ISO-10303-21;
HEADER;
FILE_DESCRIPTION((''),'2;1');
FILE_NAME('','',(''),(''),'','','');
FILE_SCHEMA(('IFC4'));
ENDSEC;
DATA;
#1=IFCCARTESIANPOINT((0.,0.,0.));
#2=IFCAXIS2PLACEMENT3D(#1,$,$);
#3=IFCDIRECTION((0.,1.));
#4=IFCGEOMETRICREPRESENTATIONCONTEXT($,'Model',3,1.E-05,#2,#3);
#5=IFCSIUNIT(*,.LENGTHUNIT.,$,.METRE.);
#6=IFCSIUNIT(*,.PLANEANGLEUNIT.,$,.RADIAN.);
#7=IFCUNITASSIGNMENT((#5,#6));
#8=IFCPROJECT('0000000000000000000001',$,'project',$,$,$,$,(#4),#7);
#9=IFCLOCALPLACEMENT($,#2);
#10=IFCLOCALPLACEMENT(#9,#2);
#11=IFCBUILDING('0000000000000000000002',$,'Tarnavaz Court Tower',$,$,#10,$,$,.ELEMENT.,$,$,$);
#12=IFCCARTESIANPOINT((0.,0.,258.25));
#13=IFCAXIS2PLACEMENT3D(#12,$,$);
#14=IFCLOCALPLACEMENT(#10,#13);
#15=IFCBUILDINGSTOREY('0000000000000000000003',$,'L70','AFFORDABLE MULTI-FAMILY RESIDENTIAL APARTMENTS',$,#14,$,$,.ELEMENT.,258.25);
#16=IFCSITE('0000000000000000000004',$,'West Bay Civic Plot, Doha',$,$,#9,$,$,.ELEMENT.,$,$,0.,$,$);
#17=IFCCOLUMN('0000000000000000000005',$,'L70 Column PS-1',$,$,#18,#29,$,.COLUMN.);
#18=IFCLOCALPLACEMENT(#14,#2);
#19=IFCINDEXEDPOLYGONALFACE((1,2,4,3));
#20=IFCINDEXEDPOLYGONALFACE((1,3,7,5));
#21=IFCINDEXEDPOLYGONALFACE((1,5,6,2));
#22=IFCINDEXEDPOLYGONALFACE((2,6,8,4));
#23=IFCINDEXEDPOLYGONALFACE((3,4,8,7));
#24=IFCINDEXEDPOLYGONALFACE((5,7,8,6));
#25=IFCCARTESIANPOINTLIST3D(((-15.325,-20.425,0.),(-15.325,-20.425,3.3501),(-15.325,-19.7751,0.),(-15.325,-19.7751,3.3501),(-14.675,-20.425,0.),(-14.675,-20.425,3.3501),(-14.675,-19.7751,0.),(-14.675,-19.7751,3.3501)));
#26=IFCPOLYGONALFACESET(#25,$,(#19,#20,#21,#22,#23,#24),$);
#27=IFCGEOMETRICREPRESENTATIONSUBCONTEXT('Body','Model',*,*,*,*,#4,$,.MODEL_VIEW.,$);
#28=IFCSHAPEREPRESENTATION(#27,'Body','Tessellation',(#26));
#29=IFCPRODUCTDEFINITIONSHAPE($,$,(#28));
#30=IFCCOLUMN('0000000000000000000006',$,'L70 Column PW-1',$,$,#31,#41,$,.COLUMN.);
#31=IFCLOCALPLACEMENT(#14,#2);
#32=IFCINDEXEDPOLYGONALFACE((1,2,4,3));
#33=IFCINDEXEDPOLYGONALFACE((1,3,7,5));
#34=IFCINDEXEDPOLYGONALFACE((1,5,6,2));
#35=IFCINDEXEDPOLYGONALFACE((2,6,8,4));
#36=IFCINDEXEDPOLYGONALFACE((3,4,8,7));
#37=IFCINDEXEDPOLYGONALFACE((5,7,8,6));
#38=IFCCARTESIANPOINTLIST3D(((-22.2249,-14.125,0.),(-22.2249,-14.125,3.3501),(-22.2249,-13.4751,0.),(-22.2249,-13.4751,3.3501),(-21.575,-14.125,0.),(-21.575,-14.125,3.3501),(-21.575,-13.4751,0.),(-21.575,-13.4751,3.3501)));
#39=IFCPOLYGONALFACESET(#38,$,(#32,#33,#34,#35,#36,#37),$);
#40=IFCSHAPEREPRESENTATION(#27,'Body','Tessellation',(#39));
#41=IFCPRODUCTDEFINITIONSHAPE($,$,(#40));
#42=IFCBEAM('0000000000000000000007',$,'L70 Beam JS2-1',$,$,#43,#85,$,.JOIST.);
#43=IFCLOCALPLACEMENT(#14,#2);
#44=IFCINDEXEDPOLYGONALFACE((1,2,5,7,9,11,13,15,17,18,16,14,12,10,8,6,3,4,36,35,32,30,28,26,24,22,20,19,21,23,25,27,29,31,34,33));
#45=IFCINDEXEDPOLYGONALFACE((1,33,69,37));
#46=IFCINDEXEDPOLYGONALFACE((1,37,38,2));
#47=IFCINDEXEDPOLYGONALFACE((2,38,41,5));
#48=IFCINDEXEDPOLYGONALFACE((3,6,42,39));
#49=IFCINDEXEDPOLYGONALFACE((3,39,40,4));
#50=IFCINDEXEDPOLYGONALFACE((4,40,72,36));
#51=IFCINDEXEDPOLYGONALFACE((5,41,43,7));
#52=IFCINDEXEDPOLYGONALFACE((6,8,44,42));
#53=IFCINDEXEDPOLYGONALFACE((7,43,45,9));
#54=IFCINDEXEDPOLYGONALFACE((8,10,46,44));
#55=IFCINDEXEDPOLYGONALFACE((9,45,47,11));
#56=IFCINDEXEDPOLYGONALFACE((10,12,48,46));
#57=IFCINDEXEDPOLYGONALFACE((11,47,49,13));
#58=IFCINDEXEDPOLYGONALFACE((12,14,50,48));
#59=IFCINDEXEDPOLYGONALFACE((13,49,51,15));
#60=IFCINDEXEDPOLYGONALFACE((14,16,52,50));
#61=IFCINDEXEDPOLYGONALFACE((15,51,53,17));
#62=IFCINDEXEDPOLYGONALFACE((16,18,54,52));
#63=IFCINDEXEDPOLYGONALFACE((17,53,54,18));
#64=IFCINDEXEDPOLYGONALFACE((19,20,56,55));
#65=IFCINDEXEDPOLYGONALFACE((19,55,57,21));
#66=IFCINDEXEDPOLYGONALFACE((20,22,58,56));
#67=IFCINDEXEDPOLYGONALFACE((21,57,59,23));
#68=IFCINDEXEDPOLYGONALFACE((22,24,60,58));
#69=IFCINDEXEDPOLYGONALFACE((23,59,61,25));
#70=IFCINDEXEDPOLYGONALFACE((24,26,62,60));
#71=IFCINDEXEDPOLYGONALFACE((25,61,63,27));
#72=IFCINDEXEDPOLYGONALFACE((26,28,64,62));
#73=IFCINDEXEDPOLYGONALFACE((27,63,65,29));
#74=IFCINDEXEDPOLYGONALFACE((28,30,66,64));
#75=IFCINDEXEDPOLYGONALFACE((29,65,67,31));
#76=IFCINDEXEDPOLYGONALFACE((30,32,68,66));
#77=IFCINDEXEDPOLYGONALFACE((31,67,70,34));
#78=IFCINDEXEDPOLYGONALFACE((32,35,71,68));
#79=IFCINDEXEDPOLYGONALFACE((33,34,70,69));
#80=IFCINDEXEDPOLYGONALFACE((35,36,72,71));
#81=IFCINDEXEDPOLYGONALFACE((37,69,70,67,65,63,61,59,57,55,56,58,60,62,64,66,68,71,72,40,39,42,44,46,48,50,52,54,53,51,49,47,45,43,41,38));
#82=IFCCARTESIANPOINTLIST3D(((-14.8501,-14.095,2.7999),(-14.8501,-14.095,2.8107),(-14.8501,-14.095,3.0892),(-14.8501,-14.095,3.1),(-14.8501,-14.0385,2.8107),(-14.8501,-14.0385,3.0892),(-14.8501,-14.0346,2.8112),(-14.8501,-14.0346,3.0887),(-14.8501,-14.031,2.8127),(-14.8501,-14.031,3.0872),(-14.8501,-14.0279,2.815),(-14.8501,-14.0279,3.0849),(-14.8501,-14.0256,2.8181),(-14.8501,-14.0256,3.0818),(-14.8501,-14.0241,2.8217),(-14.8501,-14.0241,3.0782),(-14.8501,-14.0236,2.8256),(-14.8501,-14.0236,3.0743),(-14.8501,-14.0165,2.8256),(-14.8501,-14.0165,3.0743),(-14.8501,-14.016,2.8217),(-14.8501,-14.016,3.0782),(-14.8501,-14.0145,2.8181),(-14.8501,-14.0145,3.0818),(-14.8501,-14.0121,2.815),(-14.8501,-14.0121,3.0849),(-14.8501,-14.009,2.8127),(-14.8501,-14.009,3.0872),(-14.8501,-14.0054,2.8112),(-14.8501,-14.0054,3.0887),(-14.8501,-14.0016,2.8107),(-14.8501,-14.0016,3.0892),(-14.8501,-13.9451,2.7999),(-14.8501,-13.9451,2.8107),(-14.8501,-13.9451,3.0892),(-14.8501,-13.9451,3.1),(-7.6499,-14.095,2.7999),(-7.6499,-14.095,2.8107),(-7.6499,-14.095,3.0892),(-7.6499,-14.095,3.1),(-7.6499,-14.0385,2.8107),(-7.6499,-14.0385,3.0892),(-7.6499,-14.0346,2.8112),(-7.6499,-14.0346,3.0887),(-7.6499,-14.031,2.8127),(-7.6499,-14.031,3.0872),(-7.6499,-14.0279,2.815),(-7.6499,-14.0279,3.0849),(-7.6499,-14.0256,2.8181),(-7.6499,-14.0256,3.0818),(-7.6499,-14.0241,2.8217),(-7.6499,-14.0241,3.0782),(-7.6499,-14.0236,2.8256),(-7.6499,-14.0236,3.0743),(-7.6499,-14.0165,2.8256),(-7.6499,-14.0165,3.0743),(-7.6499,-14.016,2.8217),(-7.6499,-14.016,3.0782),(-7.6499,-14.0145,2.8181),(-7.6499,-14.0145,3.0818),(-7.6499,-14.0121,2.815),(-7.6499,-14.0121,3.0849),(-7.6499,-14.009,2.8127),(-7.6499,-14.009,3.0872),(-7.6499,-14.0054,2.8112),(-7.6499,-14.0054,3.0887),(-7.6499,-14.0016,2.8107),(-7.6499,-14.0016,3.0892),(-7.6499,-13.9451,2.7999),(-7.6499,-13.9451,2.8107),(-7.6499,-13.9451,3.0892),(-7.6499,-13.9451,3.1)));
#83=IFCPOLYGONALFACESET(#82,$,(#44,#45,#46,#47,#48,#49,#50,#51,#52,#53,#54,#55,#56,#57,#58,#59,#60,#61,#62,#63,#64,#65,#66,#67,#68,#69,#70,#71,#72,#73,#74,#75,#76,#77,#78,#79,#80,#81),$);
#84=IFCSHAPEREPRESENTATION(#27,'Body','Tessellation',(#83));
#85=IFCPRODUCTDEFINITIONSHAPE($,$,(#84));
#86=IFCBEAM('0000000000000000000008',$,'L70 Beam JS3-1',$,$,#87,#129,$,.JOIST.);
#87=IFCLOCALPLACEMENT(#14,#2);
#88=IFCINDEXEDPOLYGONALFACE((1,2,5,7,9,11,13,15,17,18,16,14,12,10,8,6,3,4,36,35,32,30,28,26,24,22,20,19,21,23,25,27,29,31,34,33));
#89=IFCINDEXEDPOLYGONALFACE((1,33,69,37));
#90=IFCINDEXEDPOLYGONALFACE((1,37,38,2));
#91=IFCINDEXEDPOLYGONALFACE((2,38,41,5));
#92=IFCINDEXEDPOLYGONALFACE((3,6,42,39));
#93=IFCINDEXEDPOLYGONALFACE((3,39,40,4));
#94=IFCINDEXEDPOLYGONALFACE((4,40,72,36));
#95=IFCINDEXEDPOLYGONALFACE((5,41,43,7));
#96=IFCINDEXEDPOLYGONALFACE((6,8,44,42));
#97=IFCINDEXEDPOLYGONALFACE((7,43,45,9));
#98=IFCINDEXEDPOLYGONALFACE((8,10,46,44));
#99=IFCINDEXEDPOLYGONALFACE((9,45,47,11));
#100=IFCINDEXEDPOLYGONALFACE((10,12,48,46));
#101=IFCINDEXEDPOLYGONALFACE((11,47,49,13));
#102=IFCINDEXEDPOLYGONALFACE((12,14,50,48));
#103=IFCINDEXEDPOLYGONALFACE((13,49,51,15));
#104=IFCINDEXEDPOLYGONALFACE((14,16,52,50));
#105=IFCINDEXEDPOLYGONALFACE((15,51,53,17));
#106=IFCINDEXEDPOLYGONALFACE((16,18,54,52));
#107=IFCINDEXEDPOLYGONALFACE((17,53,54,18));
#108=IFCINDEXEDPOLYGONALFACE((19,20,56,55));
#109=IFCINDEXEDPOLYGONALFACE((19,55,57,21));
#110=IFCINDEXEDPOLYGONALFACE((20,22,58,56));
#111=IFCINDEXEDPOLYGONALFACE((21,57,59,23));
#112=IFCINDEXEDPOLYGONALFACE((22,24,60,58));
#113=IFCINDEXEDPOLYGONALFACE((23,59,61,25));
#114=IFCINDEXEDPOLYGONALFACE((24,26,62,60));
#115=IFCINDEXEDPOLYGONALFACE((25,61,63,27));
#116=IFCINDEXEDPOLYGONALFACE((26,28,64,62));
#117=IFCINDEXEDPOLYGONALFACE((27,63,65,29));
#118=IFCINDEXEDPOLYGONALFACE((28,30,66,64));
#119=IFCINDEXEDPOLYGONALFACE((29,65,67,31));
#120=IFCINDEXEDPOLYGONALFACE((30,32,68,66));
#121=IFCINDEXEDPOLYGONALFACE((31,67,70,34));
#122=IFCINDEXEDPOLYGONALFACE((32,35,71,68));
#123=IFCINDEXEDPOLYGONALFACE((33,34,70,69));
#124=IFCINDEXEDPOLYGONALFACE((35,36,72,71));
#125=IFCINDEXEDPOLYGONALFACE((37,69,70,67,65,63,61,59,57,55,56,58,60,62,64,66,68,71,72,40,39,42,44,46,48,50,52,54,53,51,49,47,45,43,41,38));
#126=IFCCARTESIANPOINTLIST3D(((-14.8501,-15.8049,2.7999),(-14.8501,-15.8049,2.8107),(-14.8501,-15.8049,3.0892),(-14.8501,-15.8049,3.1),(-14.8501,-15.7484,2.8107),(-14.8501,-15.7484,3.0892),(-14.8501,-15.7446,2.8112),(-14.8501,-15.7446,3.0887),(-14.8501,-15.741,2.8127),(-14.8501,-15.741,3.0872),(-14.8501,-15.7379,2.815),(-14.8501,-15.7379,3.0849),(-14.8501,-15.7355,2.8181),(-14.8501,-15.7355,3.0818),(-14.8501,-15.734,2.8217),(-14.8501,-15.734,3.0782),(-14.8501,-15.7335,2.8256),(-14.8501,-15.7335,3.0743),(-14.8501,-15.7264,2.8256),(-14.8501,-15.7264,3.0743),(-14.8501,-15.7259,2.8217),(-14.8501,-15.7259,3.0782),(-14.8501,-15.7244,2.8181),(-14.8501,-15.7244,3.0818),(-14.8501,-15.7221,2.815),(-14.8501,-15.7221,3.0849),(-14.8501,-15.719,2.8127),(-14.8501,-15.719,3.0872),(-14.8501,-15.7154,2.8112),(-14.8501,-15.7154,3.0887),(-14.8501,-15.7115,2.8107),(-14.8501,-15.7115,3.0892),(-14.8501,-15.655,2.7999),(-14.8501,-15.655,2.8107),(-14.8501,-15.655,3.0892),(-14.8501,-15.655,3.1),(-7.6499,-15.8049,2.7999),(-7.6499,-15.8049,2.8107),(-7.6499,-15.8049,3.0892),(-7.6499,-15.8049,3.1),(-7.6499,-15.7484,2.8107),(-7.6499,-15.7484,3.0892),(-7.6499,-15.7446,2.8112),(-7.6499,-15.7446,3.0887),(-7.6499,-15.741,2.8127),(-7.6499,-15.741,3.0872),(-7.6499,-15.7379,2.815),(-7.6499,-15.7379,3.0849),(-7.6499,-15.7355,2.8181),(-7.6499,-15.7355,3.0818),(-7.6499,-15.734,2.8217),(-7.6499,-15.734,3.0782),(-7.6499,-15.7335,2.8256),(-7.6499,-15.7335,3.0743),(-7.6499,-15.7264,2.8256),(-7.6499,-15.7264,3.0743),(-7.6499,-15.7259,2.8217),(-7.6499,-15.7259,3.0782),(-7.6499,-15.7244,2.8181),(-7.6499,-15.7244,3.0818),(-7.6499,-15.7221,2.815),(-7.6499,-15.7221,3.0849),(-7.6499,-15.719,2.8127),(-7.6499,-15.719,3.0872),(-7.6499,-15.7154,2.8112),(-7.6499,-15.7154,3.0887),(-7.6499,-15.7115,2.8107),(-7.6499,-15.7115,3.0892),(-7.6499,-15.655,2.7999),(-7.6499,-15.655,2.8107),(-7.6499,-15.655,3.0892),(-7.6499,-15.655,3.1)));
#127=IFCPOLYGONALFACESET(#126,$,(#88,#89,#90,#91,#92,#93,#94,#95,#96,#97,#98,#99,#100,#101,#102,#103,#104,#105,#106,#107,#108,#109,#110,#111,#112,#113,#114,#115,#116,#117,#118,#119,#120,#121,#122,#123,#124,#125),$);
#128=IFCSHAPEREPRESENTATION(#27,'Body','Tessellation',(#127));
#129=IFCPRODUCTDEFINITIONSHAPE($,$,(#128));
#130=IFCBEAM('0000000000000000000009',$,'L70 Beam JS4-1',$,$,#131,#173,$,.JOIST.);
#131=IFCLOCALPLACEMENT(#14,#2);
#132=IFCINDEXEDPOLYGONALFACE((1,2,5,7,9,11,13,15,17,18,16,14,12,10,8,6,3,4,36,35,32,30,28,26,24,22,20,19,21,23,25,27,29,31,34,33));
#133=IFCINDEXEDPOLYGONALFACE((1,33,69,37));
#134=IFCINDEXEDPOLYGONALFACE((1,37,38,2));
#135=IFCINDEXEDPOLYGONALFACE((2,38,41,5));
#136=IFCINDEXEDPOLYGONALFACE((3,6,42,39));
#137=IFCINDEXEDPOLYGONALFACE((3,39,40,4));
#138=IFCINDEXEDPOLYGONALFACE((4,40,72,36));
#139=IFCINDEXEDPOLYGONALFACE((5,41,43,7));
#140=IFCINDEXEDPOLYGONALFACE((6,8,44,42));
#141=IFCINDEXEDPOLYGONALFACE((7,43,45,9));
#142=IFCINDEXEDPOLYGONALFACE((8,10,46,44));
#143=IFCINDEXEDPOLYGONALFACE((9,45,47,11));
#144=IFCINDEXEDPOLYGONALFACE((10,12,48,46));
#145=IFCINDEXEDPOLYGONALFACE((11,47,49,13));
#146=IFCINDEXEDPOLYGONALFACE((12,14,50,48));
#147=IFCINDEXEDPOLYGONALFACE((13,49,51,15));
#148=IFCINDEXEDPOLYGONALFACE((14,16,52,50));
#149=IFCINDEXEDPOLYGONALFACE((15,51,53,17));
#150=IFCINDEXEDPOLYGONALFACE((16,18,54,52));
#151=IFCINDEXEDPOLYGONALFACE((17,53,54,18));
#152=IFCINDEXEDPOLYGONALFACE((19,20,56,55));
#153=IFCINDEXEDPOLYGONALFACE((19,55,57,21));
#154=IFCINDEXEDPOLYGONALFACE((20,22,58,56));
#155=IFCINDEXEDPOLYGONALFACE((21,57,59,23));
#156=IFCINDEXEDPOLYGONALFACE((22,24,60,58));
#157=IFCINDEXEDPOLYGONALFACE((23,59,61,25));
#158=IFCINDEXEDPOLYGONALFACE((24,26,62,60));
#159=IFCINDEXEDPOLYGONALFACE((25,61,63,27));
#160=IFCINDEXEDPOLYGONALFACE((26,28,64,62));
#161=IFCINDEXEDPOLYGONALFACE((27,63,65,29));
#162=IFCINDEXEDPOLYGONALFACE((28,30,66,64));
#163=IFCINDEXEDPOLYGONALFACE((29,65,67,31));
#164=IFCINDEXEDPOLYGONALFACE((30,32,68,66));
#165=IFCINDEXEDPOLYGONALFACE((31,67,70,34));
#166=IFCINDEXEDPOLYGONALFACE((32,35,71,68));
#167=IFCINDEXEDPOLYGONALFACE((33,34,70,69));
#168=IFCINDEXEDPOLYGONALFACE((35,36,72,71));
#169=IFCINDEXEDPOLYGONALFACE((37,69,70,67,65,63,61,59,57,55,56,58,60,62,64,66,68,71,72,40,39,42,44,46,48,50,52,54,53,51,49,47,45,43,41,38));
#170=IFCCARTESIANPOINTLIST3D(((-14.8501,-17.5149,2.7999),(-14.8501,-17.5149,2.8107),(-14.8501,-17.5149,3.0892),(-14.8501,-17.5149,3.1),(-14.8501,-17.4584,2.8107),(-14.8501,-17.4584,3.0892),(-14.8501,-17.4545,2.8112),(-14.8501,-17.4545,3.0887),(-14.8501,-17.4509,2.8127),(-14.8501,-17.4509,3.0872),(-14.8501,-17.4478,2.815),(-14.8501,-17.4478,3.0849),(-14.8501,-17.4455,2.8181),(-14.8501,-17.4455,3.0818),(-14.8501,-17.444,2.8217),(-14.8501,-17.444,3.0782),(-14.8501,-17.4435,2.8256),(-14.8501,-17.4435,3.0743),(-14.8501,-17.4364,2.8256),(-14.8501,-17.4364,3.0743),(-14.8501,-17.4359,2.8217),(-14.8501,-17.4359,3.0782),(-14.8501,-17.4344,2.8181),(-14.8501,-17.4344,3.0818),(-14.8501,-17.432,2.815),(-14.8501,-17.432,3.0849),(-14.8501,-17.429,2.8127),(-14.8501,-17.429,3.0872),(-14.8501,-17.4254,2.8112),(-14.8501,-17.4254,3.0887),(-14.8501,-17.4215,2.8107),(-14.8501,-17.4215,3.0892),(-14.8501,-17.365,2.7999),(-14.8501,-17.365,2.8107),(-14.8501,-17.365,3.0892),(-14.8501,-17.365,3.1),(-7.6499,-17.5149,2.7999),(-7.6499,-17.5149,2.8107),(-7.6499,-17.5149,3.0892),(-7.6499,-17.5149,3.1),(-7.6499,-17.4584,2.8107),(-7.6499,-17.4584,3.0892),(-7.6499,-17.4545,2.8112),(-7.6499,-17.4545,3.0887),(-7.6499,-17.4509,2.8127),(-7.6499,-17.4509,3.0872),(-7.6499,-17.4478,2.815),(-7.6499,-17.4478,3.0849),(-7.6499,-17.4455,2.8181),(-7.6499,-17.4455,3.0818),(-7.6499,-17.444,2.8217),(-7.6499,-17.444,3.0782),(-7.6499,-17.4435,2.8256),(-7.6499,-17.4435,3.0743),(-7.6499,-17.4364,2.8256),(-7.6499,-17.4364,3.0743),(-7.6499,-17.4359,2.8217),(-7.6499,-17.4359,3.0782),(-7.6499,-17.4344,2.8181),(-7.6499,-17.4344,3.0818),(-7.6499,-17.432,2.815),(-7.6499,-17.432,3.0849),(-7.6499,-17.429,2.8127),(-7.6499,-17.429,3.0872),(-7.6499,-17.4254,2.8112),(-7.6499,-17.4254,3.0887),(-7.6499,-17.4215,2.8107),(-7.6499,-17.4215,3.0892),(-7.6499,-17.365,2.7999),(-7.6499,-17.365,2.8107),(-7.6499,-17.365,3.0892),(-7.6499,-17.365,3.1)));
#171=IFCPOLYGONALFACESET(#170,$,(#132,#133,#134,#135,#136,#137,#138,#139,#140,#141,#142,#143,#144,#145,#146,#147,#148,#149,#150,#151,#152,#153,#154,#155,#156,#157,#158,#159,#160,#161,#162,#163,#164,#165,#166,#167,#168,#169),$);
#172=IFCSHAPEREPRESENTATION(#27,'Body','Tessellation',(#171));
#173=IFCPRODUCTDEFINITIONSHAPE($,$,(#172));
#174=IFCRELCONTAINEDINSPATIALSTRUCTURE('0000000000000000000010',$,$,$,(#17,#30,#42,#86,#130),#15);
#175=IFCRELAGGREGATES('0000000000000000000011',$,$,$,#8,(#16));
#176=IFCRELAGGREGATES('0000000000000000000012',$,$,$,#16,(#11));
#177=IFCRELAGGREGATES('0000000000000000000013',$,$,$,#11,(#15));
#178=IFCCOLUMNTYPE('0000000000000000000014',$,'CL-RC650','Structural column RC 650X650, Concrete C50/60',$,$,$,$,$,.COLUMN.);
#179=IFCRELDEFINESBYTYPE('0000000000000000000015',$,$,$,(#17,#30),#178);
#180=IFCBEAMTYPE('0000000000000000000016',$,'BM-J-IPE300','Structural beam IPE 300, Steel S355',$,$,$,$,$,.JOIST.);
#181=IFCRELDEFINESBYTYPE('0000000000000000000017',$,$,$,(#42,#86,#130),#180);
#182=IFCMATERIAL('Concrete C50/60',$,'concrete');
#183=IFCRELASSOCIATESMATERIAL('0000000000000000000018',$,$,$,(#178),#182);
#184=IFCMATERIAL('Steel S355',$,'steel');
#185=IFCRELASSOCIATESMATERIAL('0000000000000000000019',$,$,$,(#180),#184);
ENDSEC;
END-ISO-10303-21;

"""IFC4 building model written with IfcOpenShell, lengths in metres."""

from ifc_helpers import new_model, si_unit, direction, frame, origin, origin_2d, place, context, subcontext, project, spatial, rectangle, i_section, extrude, material, material_profile, profile_set, type_object, element, save


model = new_model("IFC4")

# Units and contexts
model_context = context("Model", 3, precision=1e-05, world=origin(), true_north=direction((0.0, 1.0)))
body_context = subcontext(model_context, "Body", "Model", "MODEL_VIEW")
ifc_project = project(units=[si_unit("LENGTHUNIT", "METRE"), si_unit("PLANEANGLEUNIT", "RADIAN")], contexts=[model_context])

# Site, building, storey
site_placement = place(None, origin())
site = spatial("IfcSite", under=ifc_project, at=site_placement, Name="West Bay Civic Plot, Doha", CompositionType="ELEMENT", RefElevation=0.0)
building_placement = place(site_placement, origin())
building = spatial("IfcBuilding", under=site, at=building_placement, Name="Tarnavaz Court Tower", CompositionType="ELEMENT")
storey_placement = place(building_placement, frame((0.0, 0.0, 258.25)))
storey = spatial("IfcBuildingStorey", under=building, at=storey_placement, Name="L70", Description="AFFORDABLE MULTI-FAMILY RESIDENTIAL APARTMENTS", CompositionType="ELEMENT", Elevation=258.25)

# Columns
ifc_material_1 = material(Name="Concrete C50/60", Category="concrete")
ifc_material_profile_1 = material_profile(ifc_material_1, rectangle(XDim=0.6499, YDim=0.6499, at=origin_2d()), Name="RC 650X650")
ifc_profile_set_1 = profile_set([ifc_material_profile_1], Name="Concrete C50/60")
column_type = type_object("IfcColumnType", Name="CL-RC650", Description="Structural column RC 650X650, Concrete C50/60", PredefinedType="COLUMN", material=ifc_profile_set_1)
for number, where, z_axis, x_axis, name in (
    (1, (-15.0, -20.1001, 0.0), (0.0, 0.0, 1.0), (1.0, 0.0, 0.0), "L70 Column PS-1"),
    (2, (-21.8999, -13.8, 0.0), (0.0, 0.0, 1.0), (1.0, 0.0, 0.0), "L70 Column PW-1"),
):
    element("IfcColumn", number, at=place(storey_placement, frame(where, z_axis=z_axis, x_axis=x_axis)), inside=storey, type_object=column_type, Name=name, PredefinedType="COLUMN", context=body_context, shape_type="SweptSolid", body=[
        extrude(rectangle(XDim=0.6499, YDim=0.6499, at=origin_2d()), origin(), (0.0, 0.0, 1.0), 3.3501),
    ])

# Beams
ifc_material_2 = material(Name="Steel S355", Category="steel")
ifc_material_profile_2 = material_profile(ifc_material_2, i_section(OverallWidth=0.1499, OverallDepth=0.3, WebThickness=0.0071, FlangeThickness=0.0107, FilletRadius=0.0149, at=origin_2d()), Name="IPE 300")
ifc_profile_set_2 = profile_set([ifc_material_profile_2], Name="Steel S355")
beam_type_1 = type_object("IfcBeamType", Name="BM-J-IPE300", Description="Structural beam IPE 300, Steel S355", PredefinedType="JOIST", material=ifc_profile_set_2)
for number, where, z_axis, x_axis, name in (
    (3, (-14.8501, -14.02, 2.95), (1.0, 0.0, 0.0), (0.0, 1.0, 0.0), "L70 Beam JS2-1"),
    (4, (-14.8501, -15.73, 2.95), (1.0, 0.0, 0.0), (0.0, 1.0, 0.0), "L70 Beam JS3-1"),
    (5, (-14.8501, -17.4399, 2.95), (1.0, 0.0, 0.0), (0.0, 1.0, 0.0), "L70 Beam JS4-1"),
):
    element("IfcBeam", number, at=place(storey_placement, frame(where, z_axis=z_axis, x_axis=x_axis)), inside=storey, type_object=beam_type_1, Name=name, PredefinedType="JOIST", context=body_context, shape_type="SweptSolid", body=[
        extrude(i_section(OverallWidth=0.1499, OverallDepth=0.3, WebThickness=0.0071, FlangeThickness=0.0107, FilletRadius=0.0149, at=origin_2d()), origin(), (0.0, 0.0, 1.0), 7.2002),
    ])

save(model, "model.ifc")
